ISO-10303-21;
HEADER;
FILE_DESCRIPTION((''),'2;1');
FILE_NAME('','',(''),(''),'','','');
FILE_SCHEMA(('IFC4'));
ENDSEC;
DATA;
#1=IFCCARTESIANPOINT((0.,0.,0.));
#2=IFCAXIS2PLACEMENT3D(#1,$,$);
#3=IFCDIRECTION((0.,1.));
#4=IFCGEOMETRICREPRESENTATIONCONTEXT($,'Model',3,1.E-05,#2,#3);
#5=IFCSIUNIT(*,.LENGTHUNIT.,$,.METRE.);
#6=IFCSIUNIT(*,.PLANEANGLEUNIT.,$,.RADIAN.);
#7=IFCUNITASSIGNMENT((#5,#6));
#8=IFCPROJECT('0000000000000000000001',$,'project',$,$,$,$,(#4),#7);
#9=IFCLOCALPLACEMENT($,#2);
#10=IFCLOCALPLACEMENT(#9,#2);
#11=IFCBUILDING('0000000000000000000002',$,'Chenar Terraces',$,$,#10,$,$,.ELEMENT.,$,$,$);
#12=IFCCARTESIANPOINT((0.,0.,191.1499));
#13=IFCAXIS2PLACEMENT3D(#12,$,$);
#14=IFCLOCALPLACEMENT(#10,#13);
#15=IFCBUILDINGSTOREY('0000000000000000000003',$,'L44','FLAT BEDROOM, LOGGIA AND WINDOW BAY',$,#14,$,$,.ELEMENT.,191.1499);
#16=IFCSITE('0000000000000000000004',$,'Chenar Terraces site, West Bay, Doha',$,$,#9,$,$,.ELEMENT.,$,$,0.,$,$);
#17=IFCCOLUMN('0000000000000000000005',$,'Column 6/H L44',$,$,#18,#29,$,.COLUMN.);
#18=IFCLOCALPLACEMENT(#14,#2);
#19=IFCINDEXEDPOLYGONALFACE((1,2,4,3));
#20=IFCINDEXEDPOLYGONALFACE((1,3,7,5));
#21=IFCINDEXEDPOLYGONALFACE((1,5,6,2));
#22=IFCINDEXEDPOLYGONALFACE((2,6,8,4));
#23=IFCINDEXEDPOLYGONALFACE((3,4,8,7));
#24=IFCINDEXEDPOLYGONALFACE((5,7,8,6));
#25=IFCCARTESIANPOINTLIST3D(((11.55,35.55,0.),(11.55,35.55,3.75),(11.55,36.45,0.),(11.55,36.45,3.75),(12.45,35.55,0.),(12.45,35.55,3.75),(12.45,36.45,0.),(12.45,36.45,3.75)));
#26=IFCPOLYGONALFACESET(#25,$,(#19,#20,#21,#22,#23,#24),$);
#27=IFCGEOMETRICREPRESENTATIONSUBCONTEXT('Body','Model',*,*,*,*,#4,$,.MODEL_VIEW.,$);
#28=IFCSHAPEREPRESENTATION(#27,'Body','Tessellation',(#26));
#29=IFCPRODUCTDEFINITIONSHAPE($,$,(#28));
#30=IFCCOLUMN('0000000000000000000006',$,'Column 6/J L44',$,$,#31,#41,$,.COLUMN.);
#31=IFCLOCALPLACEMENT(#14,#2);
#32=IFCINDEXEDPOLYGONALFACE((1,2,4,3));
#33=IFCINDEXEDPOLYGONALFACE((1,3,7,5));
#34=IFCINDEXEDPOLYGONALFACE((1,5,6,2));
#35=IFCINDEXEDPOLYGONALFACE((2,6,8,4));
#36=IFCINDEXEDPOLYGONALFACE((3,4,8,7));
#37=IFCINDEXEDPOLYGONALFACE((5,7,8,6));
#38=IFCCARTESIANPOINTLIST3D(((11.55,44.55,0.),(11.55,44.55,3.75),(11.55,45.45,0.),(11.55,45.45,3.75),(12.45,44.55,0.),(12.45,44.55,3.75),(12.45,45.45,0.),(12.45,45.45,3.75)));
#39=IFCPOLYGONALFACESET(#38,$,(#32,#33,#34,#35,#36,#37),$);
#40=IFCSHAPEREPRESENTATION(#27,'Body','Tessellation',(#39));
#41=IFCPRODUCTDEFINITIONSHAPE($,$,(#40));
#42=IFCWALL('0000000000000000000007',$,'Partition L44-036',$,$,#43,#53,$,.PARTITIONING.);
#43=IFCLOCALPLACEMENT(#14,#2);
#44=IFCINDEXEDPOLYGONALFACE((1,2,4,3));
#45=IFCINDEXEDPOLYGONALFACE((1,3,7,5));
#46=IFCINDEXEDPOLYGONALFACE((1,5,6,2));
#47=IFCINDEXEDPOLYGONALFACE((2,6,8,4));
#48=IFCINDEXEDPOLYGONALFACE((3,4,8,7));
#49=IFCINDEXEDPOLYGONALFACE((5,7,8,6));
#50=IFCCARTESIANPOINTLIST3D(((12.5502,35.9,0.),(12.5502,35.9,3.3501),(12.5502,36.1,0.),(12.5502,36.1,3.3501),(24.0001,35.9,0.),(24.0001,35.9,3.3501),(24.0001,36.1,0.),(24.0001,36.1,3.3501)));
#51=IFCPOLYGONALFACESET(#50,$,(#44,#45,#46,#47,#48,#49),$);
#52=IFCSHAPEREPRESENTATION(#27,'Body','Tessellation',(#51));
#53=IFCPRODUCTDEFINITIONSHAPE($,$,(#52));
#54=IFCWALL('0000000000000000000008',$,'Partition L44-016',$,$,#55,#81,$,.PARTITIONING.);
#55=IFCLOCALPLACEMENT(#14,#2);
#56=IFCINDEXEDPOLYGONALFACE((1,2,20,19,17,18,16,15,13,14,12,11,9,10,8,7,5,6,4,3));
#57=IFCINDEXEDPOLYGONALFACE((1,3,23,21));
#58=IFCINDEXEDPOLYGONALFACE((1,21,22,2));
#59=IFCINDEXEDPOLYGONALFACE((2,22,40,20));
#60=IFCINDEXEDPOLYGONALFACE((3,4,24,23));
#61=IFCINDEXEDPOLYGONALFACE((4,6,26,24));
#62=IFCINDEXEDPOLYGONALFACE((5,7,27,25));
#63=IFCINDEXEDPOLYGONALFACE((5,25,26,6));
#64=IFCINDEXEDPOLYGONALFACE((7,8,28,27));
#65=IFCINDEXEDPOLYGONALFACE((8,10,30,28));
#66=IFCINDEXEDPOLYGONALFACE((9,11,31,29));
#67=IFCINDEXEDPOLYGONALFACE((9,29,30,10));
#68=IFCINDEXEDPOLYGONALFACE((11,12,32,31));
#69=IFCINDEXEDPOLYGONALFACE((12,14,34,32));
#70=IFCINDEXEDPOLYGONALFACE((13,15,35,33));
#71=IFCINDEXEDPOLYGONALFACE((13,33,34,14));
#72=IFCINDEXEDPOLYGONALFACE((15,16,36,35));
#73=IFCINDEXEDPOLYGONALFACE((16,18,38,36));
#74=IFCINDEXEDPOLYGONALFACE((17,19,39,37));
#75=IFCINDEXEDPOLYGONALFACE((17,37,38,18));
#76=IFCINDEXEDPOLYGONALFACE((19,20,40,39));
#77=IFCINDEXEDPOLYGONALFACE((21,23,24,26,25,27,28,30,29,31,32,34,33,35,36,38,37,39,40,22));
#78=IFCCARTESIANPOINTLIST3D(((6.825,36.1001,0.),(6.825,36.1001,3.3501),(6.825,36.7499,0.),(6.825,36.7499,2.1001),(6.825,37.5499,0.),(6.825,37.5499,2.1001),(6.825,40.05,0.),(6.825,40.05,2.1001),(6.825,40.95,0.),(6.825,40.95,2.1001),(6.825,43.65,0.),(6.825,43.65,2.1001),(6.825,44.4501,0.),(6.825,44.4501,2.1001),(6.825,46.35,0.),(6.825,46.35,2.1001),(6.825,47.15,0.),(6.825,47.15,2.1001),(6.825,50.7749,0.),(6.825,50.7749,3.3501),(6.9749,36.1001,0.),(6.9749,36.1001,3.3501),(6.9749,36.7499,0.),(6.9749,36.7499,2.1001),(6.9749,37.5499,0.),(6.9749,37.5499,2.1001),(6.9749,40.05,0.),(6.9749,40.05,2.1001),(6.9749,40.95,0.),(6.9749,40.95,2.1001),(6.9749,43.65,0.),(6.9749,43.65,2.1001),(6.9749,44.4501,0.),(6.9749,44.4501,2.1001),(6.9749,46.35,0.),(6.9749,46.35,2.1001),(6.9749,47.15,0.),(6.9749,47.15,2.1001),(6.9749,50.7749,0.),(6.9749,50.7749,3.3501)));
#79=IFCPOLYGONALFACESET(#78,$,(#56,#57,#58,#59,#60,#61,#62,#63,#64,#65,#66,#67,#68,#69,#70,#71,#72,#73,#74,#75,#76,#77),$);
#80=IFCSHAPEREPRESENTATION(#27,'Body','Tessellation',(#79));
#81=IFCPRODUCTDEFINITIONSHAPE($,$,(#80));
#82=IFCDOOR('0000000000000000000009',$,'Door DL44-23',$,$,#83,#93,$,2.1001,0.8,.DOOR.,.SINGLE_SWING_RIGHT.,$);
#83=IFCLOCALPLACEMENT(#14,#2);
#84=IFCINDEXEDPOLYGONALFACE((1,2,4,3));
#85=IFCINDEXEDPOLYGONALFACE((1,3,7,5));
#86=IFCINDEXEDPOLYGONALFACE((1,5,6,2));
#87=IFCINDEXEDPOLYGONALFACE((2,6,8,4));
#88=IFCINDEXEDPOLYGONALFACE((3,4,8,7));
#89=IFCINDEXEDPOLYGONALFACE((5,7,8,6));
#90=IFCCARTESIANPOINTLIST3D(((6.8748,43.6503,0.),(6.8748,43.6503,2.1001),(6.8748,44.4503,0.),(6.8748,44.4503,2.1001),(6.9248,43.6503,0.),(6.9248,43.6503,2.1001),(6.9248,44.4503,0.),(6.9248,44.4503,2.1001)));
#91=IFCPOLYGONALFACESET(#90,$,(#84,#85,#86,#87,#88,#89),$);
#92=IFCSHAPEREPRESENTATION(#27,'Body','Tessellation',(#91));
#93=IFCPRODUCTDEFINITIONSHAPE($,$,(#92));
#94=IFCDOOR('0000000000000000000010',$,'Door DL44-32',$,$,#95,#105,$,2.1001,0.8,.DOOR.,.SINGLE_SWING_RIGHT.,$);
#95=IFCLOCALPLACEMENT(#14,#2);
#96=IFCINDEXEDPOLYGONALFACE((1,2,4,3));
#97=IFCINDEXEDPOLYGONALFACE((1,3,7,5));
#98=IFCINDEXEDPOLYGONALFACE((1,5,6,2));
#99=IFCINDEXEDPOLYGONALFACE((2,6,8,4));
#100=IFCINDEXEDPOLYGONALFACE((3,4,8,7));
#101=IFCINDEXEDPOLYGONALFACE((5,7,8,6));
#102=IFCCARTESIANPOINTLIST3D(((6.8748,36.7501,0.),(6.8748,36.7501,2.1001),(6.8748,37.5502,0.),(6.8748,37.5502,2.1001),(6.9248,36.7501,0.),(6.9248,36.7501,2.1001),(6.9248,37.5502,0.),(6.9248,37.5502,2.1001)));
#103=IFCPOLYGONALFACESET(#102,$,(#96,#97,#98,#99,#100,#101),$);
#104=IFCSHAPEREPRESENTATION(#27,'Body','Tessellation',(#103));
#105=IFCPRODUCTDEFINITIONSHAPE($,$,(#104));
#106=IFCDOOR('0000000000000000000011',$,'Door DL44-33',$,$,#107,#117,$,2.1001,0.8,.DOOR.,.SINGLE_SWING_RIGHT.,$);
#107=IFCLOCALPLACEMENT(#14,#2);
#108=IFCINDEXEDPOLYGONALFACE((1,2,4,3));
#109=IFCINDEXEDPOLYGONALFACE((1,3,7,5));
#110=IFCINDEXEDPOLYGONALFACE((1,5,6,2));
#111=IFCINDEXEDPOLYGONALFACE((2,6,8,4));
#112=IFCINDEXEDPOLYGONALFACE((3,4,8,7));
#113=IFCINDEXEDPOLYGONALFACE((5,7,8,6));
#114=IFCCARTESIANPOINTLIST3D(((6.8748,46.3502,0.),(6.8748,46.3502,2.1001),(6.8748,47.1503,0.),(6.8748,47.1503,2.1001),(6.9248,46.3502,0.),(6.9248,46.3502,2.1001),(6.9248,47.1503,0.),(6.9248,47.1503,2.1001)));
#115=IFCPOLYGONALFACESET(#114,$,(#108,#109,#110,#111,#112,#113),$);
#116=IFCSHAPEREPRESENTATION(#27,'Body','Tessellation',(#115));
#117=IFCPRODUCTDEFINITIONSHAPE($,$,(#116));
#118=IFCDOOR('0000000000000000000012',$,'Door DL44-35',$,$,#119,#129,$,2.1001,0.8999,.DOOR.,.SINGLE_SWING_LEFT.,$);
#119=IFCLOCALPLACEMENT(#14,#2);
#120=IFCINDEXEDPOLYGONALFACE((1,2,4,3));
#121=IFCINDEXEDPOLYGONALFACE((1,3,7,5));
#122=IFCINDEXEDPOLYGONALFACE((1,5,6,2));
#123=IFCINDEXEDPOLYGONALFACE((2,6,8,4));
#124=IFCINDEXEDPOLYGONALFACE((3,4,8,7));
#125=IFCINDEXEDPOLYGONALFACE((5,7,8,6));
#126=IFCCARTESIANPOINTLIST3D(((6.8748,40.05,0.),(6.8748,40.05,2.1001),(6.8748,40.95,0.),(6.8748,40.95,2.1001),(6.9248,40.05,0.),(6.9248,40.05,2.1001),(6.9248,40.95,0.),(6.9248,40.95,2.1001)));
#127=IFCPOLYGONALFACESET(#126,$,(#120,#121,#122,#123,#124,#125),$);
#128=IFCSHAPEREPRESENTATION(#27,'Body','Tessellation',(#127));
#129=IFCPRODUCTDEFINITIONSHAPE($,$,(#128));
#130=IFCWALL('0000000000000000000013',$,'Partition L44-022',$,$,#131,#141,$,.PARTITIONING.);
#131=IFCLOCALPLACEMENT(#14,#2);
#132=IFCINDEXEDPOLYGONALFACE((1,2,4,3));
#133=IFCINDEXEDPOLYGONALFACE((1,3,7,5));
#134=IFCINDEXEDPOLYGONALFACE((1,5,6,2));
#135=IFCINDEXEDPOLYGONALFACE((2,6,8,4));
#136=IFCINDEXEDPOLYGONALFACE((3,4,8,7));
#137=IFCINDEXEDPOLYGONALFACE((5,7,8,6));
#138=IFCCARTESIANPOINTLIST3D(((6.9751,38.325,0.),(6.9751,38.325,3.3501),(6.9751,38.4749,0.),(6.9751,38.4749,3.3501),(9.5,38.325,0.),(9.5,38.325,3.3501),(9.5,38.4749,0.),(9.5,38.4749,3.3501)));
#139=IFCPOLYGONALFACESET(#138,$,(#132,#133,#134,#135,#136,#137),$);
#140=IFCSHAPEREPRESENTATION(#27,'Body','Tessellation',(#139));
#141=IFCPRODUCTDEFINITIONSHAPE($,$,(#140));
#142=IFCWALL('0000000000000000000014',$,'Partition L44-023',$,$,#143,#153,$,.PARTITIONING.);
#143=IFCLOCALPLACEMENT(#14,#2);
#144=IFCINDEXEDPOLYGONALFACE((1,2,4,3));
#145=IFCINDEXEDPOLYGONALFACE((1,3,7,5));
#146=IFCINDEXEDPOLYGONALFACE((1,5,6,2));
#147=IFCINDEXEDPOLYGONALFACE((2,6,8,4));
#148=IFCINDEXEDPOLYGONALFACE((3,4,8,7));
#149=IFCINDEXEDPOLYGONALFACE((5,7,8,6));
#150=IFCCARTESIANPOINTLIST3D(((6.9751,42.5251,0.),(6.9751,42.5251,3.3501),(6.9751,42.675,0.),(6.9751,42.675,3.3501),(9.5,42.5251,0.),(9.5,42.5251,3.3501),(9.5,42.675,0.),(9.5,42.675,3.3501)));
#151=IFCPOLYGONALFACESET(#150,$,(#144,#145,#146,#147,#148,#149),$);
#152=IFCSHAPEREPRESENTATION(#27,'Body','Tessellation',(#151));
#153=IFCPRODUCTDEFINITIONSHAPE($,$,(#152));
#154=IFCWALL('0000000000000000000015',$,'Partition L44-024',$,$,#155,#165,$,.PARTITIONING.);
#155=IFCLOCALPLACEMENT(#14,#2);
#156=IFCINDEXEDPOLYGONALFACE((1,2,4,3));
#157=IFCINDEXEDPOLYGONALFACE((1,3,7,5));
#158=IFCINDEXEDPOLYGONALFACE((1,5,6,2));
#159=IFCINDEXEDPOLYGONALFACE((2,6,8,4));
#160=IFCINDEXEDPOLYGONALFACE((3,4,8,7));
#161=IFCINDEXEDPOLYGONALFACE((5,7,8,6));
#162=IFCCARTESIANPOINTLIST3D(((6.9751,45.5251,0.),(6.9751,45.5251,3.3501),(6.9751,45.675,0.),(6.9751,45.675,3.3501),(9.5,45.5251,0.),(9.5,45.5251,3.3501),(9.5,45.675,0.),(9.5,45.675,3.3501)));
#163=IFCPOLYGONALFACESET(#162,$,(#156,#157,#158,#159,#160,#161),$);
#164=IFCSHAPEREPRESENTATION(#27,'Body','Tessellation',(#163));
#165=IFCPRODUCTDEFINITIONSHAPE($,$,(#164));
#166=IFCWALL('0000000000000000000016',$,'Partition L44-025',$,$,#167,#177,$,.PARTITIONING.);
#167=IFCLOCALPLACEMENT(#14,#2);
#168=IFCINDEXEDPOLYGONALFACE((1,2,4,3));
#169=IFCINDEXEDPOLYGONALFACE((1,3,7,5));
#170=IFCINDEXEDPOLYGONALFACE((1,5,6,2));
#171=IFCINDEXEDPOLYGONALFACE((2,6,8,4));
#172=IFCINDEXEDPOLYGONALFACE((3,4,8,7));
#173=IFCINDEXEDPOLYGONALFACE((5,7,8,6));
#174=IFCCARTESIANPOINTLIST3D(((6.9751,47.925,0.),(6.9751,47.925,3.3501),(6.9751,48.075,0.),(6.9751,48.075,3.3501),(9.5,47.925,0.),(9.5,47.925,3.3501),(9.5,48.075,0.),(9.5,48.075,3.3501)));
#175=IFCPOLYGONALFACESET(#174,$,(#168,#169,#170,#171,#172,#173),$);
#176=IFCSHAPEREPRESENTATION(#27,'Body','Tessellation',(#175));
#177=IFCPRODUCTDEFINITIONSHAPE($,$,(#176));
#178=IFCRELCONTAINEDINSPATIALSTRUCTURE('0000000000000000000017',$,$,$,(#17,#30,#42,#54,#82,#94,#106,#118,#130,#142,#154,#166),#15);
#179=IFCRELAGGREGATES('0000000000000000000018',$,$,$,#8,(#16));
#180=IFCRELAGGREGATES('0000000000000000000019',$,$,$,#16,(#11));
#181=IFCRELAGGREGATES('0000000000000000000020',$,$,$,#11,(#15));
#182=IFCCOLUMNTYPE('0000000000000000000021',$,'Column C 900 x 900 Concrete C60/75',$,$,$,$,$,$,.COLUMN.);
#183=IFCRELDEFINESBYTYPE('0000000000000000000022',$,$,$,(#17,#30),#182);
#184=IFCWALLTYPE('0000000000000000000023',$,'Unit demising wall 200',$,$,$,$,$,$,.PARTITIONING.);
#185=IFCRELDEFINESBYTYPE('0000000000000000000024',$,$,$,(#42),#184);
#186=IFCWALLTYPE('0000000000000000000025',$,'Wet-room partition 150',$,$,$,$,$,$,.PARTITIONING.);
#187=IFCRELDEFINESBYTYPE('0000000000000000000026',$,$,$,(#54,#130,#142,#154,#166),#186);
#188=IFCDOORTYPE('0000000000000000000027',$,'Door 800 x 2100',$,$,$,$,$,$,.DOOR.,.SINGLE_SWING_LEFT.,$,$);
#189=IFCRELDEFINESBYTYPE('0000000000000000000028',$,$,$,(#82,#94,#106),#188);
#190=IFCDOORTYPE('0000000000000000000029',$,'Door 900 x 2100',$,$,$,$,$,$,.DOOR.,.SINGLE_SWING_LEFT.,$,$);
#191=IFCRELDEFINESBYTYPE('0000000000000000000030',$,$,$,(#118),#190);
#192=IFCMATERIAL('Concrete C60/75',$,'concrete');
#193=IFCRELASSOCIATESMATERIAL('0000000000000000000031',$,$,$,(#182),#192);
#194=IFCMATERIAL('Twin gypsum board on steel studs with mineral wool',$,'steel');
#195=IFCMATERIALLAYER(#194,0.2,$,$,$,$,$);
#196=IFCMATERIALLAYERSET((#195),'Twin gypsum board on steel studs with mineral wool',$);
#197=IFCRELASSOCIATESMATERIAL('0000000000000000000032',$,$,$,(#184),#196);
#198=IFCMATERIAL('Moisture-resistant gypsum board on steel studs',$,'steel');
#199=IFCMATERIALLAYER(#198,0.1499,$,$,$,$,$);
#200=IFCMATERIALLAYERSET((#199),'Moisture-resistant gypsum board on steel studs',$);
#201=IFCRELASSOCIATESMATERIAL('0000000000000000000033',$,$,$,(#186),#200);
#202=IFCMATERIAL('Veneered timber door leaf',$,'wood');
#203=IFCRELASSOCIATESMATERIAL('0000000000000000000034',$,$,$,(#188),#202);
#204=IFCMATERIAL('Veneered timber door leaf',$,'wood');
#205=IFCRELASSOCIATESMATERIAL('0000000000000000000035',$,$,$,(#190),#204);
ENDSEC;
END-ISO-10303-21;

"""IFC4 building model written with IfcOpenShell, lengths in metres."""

from ifc_helpers import new_model, si_unit, direction, frame, frame_2d, origin, origin_2d, place, context, subcontext, project, spatial, rectangle, extrude, material, layer, layer_set, material_profile, profile_set, type_object, element, fill, save


model = new_model("IFC4")

# Units and contexts
model_context = context("Model", 3, precision=1e-05, world=origin(), true_north=direction((0.0, 1.0)))
body_context = subcontext(model_context, "Body", "Model", "MODEL_VIEW")
ifc_project = project(units=[si_unit("LENGTHUNIT", "METRE"), si_unit("PLANEANGLEUNIT", "RADIAN")], contexts=[model_context])

# Site, building, storey
site_placement = place(None, origin())
site = spatial("IfcSite", under=ifc_project, at=site_placement, Name="Chenar Terraces site, West Bay, Doha", CompositionType="ELEMENT", RefElevation=0.0)
building_placement = place(site_placement, origin())
building = spatial("IfcBuilding", under=site, at=building_placement, Name="Chenar Terraces", CompositionType="ELEMENT")
storey_placement = place(building_placement, frame((0.0, 0.0, 191.1499)))
storey = spatial("IfcBuildingStorey", under=building, at=storey_placement, Name="L44", Description="FLAT BEDROOM, LOGGIA AND WINDOW BAY", CompositionType="ELEMENT", Elevation=191.1499)

# Columns
ifc_material_1 = material(Name="Concrete C60/75", Category="concrete")
ifc_material_profile = material_profile(ifc_material_1, rectangle(XDim=0.8999, YDim=0.8999, at=origin_2d()), Name="C 900 x 900")
ifc_profile_set = profile_set([ifc_material_profile], Name="Concrete C60/75")
column_type = type_object("IfcColumnType", Name="Column C 900 x 900 Concrete C60/75", PredefinedType="COLUMN", material=ifc_profile_set)
for number, where, z_axis, x_axis, name in (
    (1, (12.0, 36.0, 0.0), (0.0, 0.0, 1.0), (1.0, 0.0, 0.0), "Column 6/H L44"),
    (2, (12.0, 45.0, 0.0), (0.0, 0.0, 1.0), (1.0, 0.0, 0.0), "Column 6/J L44"),
):
    element("IfcColumn", number, at=place(storey_placement, frame(where, z_axis=z_axis, x_axis=x_axis)), inside=storey, type_object=column_type, Name=name, PredefinedType="COLUMN", context=body_context, shape_type="SweptSolid", body=[
        extrude(rectangle(XDim=0.8999, YDim=0.8999, at=origin_2d()), origin(), (0.0, 0.0, 1.0), 3.75),
    ])

# Wall
ifc_material_2 = material(Name="Twin gypsum board on steel studs with mineral wool", Category="steel")
ifc_layer_1 = layer(ifc_material_2, 0.2)
ifc_layer_set_1 = layer_set([ifc_layer_1], Name="Twin gypsum board on steel studs with mineral wool")
wall_type_1 = type_object("IfcWallType", Name="Unit demising wall 200", PredefinedType="PARTITIONING", material=ifc_layer_set_1)
wall_1_placement = place(storey_placement, frame((12.55, 36.0, 0.0), z_axis=(0.0, 0.0, 1.0), x_axis=(1.0, 0.0, 0.0)))
element("IfcWall", 3, at=wall_1_placement, inside=storey, type_object=wall_type_1, Name="Partition L44-036", PredefinedType="PARTITIONING", context=body_context, shape_type="SweptSolid", body=[
    extrude(rectangle(XDim=11.45, YDim=0.2, at=frame_2d((5.7251, 0.0))), origin(), (0.0, 0.0, 1.0), 3.3501),
])

# Wall, openings, doors
ifc_material_3 = material(Name="Moisture-resistant gypsum board on steel studs", Category="steel")
ifc_layer_2 = layer(ifc_material_3, 0.1499)
ifc_layer_set_2 = layer_set([ifc_layer_2], Name="Moisture-resistant gypsum board on steel studs")
wall_type_2 = type_object("IfcWallType", Name="Wet-room partition 150", PredefinedType="PARTITIONING", material=ifc_layer_set_2)
wall_2_placement = place(storey_placement, frame((6.8999, 36.1001, 0.0), z_axis=(0.0, 0.0, 1.0), x_axis=(0.0, 1.0, 0.0)))
wall_2 = element("IfcWall", 4, at=wall_2_placement, inside=storey, type_object=wall_type_2, Name="Partition L44-016", PredefinedType="PARTITIONING", context=body_context, shape_type="SweptSolid", body=[
    extrude(rectangle(XDim=14.6748, YDim=0.1499, at=frame_2d((7.3374, 0.0))), origin(), (0.0, 0.0, 1.0), 3.3501),
])
opening_1_placement = place(wall_2_placement, frame((7.55, 0.0, 0.0)))
opening_1 = element("IfcOpeningElement", 5, at=opening_1_placement, cuts=wall_2, PredefinedType="OPENING", context=body_context, shape_type="SweptSolid", body=[
    extrude(rectangle(XDim=0.8, YDim=2.1001, at=frame_2d((0.3999, 1.05))), frame((0.0, 0.085, 0.0), z_axis=(0.0, -1.0, 0.0), x_axis=(1.0, 0.0, 0.0)), (0.0, 0.0, 1.0), 0.1699),
])
opening_2_placement = place(wall_2_placement, frame((0.6499, 0.0, 0.0)))
opening_2 = element("IfcOpeningElement", 6, at=opening_2_placement, cuts=wall_2, PredefinedType="OPENING", context=body_context, shape_type="SweptSolid", body=[
    extrude(rectangle(XDim=0.8, YDim=2.1001, at=frame_2d((0.3999, 1.05))), frame((0.0, 0.085, 0.0), z_axis=(0.0, -1.0, 0.0), x_axis=(1.0, 0.0, 0.0)), (0.0, 0.0, 1.0), 0.1699),
])
opening_3_placement = place(wall_2_placement, frame((10.25, 0.0, 0.0)))
opening_3 = element("IfcOpeningElement", 7, at=opening_3_placement, cuts=wall_2, PredefinedType="OPENING", context=body_context, shape_type="SweptSolid", body=[
    extrude(rectangle(XDim=0.8, YDim=2.1001, at=frame_2d((0.3999, 1.05))), frame((0.0, 0.085, 0.0), z_axis=(0.0, -1.0, 0.0), x_axis=(1.0, 0.0, 0.0)), (0.0, 0.0, 1.0), 0.1699),
])
opening_4_placement = place(wall_2_placement, frame((3.95, 0.0, 0.0)))
opening_4 = element("IfcOpeningElement", 8, at=opening_4_placement, cuts=wall_2, PredefinedType="OPENING", context=body_context, shape_type="SweptSolid", body=[
    extrude(rectangle(XDim=0.8999, YDim=2.1001, at=frame_2d((0.45, 1.05))), frame((0.0, 0.085, 0.0), z_axis=(0.0, -1.0, 0.0), x_axis=(1.0, 0.0, 0.0)), (0.0, 0.0, 1.0), 0.1699),
])
ifc_material_4 = material(Name="Veneered timber door leaf", Category="wood")
door_type_1 = type_object("IfcDoorType", Name="Door 800 x 2100", OperationType="SINGLE_SWING_LEFT", PredefinedType="DOOR", material=ifc_material_4)
door_1_placement = place(opening_1_placement, frame((0.8, 0.0, 0.0), z_axis=(0.0, 0.0, 1.0), x_axis=(-1.0, 0.0, 0.0)))
door_1 = element("IfcDoor", 9, at=door_1_placement, inside=storey, type_object=door_type_1, Name="Door DL44-23", OperationType="SINGLE_SWING_RIGHT", OverallHeight=2.1001, OverallWidth=0.8, PredefinedType="DOOR", context=body_context, shape_type="SweptSolid", body=[
    extrude(rectangle(XDim=0.8, YDim=2.1001, at=frame_2d((0.3999, 1.05))), frame((0.0, 0.0249, 0.0), z_axis=(0.0, -1.0, 0.0), x_axis=(1.0, 0.0, 0.0)), (0.0, 0.0, 1.0), 0.05),
])
fill(opening_1, door_1)
door_2_placement = place(opening_2_placement, frame((0.8, 0.0, 0.0), z_axis=(0.0, 0.0, 1.0), x_axis=(-1.0, 0.0, 0.0)))
door_2 = element("IfcDoor", 10, at=door_2_placement, inside=storey, type_object=door_type_1, Name="Door DL44-32", OperationType="SINGLE_SWING_RIGHT", OverallHeight=2.1001, OverallWidth=0.8, PredefinedType="DOOR", context=body_context, shape_type="SweptSolid", body=[
    extrude(rectangle(XDim=0.8, YDim=2.1001, at=frame_2d((0.3999, 1.05))), frame((0.0, 0.0249, 0.0), z_axis=(0.0, -1.0, 0.0), x_axis=(1.0, 0.0, 0.0)), (0.0, 0.0, 1.0), 0.05),
])
fill(opening_2, door_2)
door_3_placement = place(opening_3_placement, frame((0.8, 0.0, 0.0), z_axis=(0.0, 0.0, 1.0), x_axis=(-1.0, 0.0, 0.0)))
door_3 = element("IfcDoor", 11, at=door_3_placement, inside=storey, type_object=door_type_1, Name="Door DL44-33", OperationType="SINGLE_SWING_RIGHT", OverallHeight=2.1001, OverallWidth=0.8, PredefinedType="DOOR", context=body_context, shape_type="SweptSolid", body=[
    extrude(rectangle(XDim=0.8, YDim=2.1001, at=frame_2d((0.3999, 1.05))), frame((0.0, 0.0249, 0.0), z_axis=(0.0, -1.0, 0.0), x_axis=(1.0, 0.0, 0.0)), (0.0, 0.0, 1.0), 0.05),
])
fill(opening_3, door_3)
ifc_material_5 = material(Name="Veneered timber door leaf", Category="wood")
door_type_2 = type_object("IfcDoorType", Name="Door 900 x 2100", OperationType="SINGLE_SWING_LEFT", PredefinedType="DOOR", material=ifc_material_5)
door_4_placement = place(opening_4_placement, frame((0.8999, 0.0, 0.0), z_axis=(0.0, 0.0, 1.0), x_axis=(-1.0, 0.0, 0.0)))
door_4 = element("IfcDoor", 12, at=door_4_placement, inside=storey, type_object=door_type_2, Name="Door DL44-35", OperationType="SINGLE_SWING_LEFT", OverallHeight=2.1001, OverallWidth=0.8999, PredefinedType="DOOR", context=body_context, shape_type="SweptSolid", body=[
    extrude(rectangle(XDim=0.8999, YDim=2.1001, at=frame_2d((0.45, 1.05))), frame((0.0, 0.0249, 0.0), z_axis=(0.0, -1.0, 0.0), x_axis=(1.0, 0.0, 0.0)), (0.0, 0.0, 1.0), 0.05),
])
fill(opening_4, door_4)

# Walls
for number, where, z_axis, x_axis, name in (
    (13, (6.9751, 38.3999, 0.0), (0.0, 0.0, 1.0), (1.0, 0.0, 0.0), "Partition L44-022"),
    (14, (6.9751, 42.6001, 0.0), (0.0, 0.0, 1.0), (1.0, 0.0, 0.0), "Partition L44-023"),
    (15, (6.9751, 45.6001, 0.0), (0.0, 0.0, 1.0), (1.0, 0.0, 0.0), "Partition L44-024"),
    (16, (6.9751, 48.0, 0.0), (0.0, 0.0, 1.0), (1.0, 0.0, 0.0), "Partition L44-025"),
):
    element("IfcWall", number, at=place(storey_placement, frame(where, z_axis=z_axis, x_axis=x_axis)), inside=storey, type_object=wall_type_2, Name=name, PredefinedType="PARTITIONING", context=body_context, shape_type="SweptSolid", body=[
        extrude(rectangle(XDim=2.5249, YDim=0.1499, at=frame_2d((1.2625, 0.0))), origin(), (0.0, 0.0, 1.0), 3.3501),
    ])

save(model, "model.ifc")
